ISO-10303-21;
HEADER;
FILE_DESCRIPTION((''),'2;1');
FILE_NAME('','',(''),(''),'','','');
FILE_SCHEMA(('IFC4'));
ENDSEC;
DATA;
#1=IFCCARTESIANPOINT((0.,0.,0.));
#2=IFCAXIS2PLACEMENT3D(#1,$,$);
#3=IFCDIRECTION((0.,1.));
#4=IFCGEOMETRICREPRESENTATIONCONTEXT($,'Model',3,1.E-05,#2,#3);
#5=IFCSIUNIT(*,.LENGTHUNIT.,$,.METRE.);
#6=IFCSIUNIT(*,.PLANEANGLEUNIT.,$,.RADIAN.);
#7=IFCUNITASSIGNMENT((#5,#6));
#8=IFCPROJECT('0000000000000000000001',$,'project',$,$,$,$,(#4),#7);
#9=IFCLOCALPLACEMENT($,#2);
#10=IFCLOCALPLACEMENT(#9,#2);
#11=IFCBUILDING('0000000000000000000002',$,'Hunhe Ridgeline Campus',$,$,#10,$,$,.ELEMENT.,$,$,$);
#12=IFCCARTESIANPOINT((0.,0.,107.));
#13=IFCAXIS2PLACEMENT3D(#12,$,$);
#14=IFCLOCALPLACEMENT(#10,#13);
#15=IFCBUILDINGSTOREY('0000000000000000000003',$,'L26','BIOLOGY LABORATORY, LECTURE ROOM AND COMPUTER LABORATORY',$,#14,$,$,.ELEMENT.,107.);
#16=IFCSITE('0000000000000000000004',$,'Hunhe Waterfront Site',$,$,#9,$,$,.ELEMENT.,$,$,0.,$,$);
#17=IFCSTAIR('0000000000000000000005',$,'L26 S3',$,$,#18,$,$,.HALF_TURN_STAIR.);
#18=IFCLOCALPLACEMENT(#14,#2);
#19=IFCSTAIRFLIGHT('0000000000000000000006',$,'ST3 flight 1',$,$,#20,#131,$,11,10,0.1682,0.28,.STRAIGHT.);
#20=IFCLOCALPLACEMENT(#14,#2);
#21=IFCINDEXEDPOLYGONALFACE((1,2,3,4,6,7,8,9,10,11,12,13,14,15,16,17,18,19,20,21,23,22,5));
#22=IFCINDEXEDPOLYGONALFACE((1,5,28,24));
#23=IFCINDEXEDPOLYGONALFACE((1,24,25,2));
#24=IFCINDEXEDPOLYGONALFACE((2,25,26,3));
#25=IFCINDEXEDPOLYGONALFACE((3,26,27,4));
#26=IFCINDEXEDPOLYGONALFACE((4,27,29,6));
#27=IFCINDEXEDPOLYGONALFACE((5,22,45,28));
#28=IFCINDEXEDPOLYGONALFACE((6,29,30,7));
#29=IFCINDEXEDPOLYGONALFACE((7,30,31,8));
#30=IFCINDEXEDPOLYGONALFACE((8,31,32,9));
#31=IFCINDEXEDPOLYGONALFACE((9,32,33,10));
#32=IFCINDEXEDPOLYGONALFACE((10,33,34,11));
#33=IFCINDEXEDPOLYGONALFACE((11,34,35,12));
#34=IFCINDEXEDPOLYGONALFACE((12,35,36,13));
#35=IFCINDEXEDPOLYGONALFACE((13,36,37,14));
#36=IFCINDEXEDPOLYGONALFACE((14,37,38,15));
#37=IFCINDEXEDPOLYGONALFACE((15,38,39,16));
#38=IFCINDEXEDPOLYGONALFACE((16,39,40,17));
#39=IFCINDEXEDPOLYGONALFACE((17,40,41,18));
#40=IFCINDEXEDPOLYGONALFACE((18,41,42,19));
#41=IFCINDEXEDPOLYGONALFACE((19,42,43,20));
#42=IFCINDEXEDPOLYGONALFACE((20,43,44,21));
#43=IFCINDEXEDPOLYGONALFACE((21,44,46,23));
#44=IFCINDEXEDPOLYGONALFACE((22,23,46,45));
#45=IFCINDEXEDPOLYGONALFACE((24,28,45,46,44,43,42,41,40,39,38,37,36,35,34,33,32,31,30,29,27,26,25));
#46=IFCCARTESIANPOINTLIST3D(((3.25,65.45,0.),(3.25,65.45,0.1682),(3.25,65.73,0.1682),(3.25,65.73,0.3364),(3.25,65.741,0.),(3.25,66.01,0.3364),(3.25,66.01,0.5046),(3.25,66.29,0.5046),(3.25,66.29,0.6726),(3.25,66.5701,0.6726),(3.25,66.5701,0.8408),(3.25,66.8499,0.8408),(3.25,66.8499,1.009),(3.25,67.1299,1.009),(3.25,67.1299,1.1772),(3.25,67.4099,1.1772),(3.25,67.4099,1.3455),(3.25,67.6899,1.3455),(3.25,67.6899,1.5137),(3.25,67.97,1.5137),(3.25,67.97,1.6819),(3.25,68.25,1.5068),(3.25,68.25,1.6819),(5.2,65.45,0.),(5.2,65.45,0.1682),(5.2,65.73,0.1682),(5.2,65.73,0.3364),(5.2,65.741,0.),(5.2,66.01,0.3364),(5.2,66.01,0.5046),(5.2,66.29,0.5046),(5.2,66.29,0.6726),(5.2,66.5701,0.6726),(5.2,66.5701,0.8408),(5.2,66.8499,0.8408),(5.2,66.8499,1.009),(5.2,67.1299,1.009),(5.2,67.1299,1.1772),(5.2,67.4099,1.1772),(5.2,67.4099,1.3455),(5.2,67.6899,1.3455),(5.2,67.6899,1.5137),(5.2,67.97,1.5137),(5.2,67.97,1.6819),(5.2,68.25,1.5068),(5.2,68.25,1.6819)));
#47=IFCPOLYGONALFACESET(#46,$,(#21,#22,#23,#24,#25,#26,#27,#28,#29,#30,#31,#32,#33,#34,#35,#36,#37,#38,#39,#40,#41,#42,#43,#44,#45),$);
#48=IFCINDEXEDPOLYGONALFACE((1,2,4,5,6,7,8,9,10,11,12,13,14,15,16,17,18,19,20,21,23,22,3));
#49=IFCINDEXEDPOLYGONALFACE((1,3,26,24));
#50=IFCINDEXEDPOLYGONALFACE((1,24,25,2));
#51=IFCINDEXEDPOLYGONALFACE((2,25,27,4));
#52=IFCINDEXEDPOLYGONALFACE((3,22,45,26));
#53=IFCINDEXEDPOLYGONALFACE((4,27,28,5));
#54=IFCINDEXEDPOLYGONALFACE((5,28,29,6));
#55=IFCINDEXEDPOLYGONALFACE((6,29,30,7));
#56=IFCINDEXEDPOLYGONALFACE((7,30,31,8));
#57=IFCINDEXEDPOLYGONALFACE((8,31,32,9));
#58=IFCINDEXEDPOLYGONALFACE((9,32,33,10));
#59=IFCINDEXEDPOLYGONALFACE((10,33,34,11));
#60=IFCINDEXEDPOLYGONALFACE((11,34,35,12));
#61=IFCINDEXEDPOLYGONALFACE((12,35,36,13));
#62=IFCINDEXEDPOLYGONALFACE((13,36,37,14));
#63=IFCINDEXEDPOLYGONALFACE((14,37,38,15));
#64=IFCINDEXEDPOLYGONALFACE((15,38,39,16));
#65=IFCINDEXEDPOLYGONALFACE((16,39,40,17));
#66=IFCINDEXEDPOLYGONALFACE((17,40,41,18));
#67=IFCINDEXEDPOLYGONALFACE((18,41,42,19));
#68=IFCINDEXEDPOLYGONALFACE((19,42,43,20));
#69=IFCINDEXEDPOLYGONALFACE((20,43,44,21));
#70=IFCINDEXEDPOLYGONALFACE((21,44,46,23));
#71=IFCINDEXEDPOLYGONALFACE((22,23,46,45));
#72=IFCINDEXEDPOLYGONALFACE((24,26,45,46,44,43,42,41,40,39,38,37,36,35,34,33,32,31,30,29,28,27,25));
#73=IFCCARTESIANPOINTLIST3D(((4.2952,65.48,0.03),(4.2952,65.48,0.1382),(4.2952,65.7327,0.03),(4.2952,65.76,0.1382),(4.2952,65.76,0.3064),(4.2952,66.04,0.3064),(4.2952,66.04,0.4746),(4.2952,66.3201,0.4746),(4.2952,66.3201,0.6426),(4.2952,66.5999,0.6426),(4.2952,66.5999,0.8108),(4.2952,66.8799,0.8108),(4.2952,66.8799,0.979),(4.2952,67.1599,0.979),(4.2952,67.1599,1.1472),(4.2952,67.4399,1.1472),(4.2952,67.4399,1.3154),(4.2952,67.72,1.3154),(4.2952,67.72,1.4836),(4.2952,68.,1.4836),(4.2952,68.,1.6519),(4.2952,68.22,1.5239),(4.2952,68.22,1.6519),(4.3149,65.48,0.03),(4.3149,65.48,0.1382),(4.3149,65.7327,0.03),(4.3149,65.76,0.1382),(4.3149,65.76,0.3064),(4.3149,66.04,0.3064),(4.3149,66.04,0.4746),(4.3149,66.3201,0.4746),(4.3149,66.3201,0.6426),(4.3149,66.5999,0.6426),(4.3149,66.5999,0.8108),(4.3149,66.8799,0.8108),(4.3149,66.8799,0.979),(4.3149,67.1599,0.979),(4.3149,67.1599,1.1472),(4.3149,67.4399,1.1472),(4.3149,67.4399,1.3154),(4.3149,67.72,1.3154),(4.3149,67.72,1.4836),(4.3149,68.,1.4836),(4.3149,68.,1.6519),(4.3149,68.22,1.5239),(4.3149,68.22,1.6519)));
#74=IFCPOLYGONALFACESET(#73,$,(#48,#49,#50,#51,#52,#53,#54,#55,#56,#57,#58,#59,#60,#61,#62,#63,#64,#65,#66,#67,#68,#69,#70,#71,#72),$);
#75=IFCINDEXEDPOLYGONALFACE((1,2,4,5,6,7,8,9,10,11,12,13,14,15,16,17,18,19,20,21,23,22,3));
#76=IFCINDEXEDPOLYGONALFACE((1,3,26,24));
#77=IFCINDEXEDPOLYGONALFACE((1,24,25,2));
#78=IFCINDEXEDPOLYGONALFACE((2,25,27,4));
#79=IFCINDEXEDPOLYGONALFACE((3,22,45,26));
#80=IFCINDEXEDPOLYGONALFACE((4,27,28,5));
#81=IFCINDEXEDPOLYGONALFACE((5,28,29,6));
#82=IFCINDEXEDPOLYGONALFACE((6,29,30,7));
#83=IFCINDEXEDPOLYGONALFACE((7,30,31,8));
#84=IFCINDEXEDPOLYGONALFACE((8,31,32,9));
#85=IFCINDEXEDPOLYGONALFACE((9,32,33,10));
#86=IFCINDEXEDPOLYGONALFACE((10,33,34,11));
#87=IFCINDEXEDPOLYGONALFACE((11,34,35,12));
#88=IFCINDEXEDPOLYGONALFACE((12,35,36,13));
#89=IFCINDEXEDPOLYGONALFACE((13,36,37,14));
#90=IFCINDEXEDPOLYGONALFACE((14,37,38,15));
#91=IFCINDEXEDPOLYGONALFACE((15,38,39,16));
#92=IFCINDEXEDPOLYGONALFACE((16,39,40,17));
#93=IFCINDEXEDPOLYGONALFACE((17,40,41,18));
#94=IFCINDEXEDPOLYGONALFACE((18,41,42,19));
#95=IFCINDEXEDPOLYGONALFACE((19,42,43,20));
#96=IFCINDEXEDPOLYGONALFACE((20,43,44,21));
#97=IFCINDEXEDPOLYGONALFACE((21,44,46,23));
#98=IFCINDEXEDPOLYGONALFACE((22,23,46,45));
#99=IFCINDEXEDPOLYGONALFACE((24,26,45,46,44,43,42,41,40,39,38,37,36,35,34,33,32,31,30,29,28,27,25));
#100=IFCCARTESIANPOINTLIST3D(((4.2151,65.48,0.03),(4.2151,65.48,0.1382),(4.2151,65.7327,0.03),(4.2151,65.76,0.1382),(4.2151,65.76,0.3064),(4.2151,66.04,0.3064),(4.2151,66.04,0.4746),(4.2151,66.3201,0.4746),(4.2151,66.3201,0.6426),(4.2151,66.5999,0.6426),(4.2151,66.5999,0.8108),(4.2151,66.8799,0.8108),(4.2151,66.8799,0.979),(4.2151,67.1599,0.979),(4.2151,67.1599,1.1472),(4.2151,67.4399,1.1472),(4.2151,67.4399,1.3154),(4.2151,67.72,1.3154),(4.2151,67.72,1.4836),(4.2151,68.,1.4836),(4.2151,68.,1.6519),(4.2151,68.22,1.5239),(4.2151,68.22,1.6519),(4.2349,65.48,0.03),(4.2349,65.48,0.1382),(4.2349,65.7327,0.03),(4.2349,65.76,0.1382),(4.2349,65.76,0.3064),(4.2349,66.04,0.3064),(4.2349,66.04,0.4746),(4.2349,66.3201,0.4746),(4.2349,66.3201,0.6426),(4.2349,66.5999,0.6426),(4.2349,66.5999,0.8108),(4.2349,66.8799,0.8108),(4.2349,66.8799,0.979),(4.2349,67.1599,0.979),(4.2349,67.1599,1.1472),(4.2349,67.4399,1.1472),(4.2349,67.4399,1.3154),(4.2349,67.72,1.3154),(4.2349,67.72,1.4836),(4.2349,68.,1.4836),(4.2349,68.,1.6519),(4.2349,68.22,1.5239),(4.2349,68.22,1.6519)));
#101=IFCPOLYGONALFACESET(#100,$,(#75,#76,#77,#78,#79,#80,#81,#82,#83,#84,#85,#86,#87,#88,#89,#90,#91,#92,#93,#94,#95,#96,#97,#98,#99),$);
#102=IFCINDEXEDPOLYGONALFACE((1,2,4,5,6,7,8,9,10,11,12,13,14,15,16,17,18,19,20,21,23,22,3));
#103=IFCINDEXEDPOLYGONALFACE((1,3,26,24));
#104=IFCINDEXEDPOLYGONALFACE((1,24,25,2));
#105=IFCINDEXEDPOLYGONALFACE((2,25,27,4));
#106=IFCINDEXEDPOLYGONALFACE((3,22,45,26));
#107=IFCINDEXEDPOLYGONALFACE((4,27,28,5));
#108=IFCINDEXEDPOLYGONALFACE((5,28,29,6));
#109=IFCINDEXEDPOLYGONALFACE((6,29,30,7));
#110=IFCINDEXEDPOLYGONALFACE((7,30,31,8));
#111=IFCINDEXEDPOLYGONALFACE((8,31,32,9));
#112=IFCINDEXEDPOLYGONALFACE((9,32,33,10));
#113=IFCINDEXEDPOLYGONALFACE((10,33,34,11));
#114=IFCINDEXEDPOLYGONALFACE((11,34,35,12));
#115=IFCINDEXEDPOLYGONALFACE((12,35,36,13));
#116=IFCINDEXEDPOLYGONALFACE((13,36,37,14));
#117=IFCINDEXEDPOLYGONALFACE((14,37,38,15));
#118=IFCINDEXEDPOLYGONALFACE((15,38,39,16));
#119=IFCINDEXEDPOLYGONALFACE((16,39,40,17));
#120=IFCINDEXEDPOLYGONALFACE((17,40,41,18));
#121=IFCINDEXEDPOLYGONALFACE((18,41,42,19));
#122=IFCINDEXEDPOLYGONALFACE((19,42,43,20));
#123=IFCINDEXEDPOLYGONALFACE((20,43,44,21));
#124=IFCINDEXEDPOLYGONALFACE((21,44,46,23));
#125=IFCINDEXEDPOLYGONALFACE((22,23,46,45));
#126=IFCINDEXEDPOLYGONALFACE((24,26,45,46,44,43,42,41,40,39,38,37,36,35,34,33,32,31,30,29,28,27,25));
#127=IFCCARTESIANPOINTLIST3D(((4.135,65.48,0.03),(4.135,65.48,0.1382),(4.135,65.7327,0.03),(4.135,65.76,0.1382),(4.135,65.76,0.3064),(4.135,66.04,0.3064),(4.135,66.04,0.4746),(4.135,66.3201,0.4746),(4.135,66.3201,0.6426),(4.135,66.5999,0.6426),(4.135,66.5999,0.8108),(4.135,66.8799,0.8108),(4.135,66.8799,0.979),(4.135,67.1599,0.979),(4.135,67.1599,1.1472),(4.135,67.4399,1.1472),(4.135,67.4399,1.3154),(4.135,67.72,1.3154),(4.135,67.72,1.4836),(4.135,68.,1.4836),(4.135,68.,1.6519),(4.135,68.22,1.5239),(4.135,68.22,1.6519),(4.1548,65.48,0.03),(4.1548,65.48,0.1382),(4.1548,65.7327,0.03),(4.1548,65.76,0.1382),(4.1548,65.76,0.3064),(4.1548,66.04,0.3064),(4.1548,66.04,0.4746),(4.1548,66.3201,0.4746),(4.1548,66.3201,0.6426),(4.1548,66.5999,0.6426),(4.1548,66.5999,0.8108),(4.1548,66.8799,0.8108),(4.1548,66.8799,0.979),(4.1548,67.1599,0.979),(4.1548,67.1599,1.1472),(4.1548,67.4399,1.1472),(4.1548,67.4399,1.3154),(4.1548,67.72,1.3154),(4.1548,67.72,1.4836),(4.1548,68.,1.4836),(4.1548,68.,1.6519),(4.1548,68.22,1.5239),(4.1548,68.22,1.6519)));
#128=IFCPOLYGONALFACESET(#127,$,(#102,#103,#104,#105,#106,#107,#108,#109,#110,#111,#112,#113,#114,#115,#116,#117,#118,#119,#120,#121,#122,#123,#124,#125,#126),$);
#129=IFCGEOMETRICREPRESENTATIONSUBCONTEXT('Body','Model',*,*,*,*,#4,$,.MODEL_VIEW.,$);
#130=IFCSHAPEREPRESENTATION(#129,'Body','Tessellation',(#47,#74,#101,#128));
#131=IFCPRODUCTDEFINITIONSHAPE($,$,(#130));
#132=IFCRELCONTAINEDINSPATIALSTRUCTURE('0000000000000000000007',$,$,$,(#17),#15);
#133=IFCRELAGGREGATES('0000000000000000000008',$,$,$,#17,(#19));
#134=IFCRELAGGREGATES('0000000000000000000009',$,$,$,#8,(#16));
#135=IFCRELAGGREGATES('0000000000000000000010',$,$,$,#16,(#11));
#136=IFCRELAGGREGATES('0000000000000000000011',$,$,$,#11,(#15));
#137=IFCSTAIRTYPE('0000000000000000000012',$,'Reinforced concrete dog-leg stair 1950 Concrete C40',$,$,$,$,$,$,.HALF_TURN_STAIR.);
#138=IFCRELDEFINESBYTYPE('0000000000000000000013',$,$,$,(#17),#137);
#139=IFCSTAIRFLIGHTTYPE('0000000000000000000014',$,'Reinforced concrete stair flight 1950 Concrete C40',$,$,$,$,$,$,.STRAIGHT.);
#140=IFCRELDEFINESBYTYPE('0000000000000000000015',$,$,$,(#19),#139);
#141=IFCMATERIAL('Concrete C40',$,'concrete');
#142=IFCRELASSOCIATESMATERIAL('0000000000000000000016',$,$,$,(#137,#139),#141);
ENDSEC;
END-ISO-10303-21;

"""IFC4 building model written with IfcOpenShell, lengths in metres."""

from ifc_helpers import new_model, si_unit, direction, frame, origin, place, context, subcontext, project, spatial, polyline, outline, extrude, material, type_object, element, aggregate, save


model = new_model("IFC4")

# Units and contexts
model_context = context("Model", 3, precision=1e-05, world=origin(), true_north=direction((0.0, 1.0)))
body_context = subcontext(model_context, "Body", "Model", "MODEL_VIEW")
ifc_project = project(units=[si_unit("LENGTHUNIT", "METRE"), si_unit("PLANEANGLEUNIT", "RADIAN")], contexts=[model_context])

# Site, building, storey
site_placement = place(None, origin())
site = spatial("IfcSite", under=ifc_project, at=site_placement, Name="Hunhe Waterfront Site", CompositionType="ELEMENT", RefElevation=0.0)
building_placement = place(site_placement, origin())
building = spatial("IfcBuilding", under=site, at=building_placement, Name="Hunhe Ridgeline Campus", CompositionType="ELEMENT")
storey_placement = place(building_placement, frame((0.0, 0.0, 107.0)))
storey = spatial("IfcBuildingStorey", under=building, at=storey_placement, Name="L26", Description="BIOLOGY LABORATORY, LECTURE ROOM AND COMPUTER LABORATORY", CompositionType="ELEMENT", Elevation=107.0)

# Stair, stair flight
ifc_material_1 = material(Name="Concrete C40", Category="concrete")
stair_type = type_object("IfcStairType", Name="Reinforced concrete dog-leg stair 1950 Concrete C40", PredefinedType="HALF_TURN_STAIR", material=ifc_material_1)
stair_1_placement = place(storey_placement, origin())
stair_1 = element("IfcStair", 1, at=stair_1_placement, inside=storey, type_object=stair_type, Name="L26 S3", PredefinedType="HALF_TURN_STAIR")
stair_flight_type = type_object("IfcStairFlightType", Name="Reinforced concrete stair flight 1950 Concrete C40", PredefinedType="STRAIGHT", material=ifc_material_1)
stair_flight_1_placement = place(storey_placement, frame((4.2251, 65.45, 0.0), z_axis=(0.0, 0.0, 1.0), x_axis=(0.0, 1.0, 0.0)))
stair_flight_1 = element("IfcStairFlight", 2, at=stair_flight_1_placement, type_object=stair_flight_type, Name="ST3 flight 1", NumberOfRisers=11, NumberOfTreads=10, PredefinedType="STRAIGHT", RiserHeight=0.1682, TreadLength=0.28, context=body_context, shape_type="SweptSolid", body=[
    extrude(outline(polyline([(0.0, 0.0), (0.0, 0.1682), (0.28, 0.1682), (0.28, 0.3364), (0.5601, 0.3364), (0.5601, 0.5046), (0.8401, 0.5046), (0.8401, 0.6726), (1.1201, 0.6726), (1.1201, 0.8408), (1.3999, 0.8408), (1.3999, 1.009), (1.6799, 1.009), (1.6799, 1.1772), (1.96, 1.1772), (1.96, 1.3455), (2.24, 1.3455), (2.24, 1.5137), (2.52, 1.5137), (2.52, 1.6819), (2.8, 1.6819), (2.8, 1.8501), (2.8, 1.5068), (0.291, 0.0), (0.0, 0.0)])), frame((0.0, 0.9751, 0.0), z_axis=(0.0, -1.0, 0.0), x_axis=(1.0, 0.0, 0.0)), (0.0, 0.0, 1.0), 1.95),
    extrude(outline(polyline([(0.03, 0.03), (0.03, 0.1382), (0.3101, 0.1382), (0.3101, 0.3064), (0.5901, 0.3064), (0.5901, 0.4746), (0.8701, 0.4746), (0.8701, 0.6426), (1.1499, 0.6426), (1.1499, 0.8108), (1.4299, 0.8108), (1.4299, 0.979), (1.71, 0.979), (1.71, 1.1472), (1.99, 1.1472), (1.99, 1.3154), (2.27, 1.3154), (2.27, 1.4836), (2.55, 1.4836), (2.55, 1.6519), (2.77, 1.6519), (2.77, 1.5239), (0.2827, 0.03), (0.03, 0.03)])), frame((0.0, -0.0701, 0.0), z_axis=(0.0, -1.0, 0.0), x_axis=(1.0, 0.0, 0.0)), (0.0, 0.0, 1.0), 0.0198),
    extrude(outline(polyline([(0.03, 0.03), (0.03, 0.1382), (0.3101, 0.1382), (0.3101, 0.3064), (0.5901, 0.3064), (0.5901, 0.4746), (0.8701, 0.4746), (0.8701, 0.6426), (1.1499, 0.6426), (1.1499, 0.8108), (1.4299, 0.8108), (1.4299, 0.979), (1.71, 0.979), (1.71, 1.1472), (1.99, 1.1472), (1.99, 1.3154), (2.27, 1.3154), (2.27, 1.4836), (2.55, 1.4836), (2.55, 1.6519), (2.77, 1.6519), (2.77, 1.5239), (0.2827, 0.03), (0.03, 0.03)])), frame((0.0, 0.01, 0.0), z_axis=(0.0, -1.0, 0.0), x_axis=(1.0, 0.0, 0.0)), (0.0, 0.0, 1.0), 0.0198),
    extrude(outline(polyline([(0.03, 0.03), (0.03, 0.1382), (0.3101, 0.1382), (0.3101, 0.3064), (0.5901, 0.3064), (0.5901, 0.4746), (0.8701, 0.4746), (0.8701, 0.6426), (1.1499, 0.6426), (1.1499, 0.8108), (1.4299, 0.8108), (1.4299, 0.979), (1.71, 0.979), (1.71, 1.1472), (1.99, 1.1472), (1.99, 1.3154), (2.27, 1.3154), (2.27, 1.4836), (2.55, 1.4836), (2.55, 1.6519), (2.77, 1.6519), (2.77, 1.5239), (0.2827, 0.03), (0.03, 0.03)])), frame((0.0, 0.0901, 0.0), z_axis=(0.0, -1.0, 0.0), x_axis=(1.0, 0.0, 0.0)), (0.0, 0.0, 1.0), 0.0198),
])
aggregate(stair_1, [stair_flight_1])

save(model, "model.ifc")
